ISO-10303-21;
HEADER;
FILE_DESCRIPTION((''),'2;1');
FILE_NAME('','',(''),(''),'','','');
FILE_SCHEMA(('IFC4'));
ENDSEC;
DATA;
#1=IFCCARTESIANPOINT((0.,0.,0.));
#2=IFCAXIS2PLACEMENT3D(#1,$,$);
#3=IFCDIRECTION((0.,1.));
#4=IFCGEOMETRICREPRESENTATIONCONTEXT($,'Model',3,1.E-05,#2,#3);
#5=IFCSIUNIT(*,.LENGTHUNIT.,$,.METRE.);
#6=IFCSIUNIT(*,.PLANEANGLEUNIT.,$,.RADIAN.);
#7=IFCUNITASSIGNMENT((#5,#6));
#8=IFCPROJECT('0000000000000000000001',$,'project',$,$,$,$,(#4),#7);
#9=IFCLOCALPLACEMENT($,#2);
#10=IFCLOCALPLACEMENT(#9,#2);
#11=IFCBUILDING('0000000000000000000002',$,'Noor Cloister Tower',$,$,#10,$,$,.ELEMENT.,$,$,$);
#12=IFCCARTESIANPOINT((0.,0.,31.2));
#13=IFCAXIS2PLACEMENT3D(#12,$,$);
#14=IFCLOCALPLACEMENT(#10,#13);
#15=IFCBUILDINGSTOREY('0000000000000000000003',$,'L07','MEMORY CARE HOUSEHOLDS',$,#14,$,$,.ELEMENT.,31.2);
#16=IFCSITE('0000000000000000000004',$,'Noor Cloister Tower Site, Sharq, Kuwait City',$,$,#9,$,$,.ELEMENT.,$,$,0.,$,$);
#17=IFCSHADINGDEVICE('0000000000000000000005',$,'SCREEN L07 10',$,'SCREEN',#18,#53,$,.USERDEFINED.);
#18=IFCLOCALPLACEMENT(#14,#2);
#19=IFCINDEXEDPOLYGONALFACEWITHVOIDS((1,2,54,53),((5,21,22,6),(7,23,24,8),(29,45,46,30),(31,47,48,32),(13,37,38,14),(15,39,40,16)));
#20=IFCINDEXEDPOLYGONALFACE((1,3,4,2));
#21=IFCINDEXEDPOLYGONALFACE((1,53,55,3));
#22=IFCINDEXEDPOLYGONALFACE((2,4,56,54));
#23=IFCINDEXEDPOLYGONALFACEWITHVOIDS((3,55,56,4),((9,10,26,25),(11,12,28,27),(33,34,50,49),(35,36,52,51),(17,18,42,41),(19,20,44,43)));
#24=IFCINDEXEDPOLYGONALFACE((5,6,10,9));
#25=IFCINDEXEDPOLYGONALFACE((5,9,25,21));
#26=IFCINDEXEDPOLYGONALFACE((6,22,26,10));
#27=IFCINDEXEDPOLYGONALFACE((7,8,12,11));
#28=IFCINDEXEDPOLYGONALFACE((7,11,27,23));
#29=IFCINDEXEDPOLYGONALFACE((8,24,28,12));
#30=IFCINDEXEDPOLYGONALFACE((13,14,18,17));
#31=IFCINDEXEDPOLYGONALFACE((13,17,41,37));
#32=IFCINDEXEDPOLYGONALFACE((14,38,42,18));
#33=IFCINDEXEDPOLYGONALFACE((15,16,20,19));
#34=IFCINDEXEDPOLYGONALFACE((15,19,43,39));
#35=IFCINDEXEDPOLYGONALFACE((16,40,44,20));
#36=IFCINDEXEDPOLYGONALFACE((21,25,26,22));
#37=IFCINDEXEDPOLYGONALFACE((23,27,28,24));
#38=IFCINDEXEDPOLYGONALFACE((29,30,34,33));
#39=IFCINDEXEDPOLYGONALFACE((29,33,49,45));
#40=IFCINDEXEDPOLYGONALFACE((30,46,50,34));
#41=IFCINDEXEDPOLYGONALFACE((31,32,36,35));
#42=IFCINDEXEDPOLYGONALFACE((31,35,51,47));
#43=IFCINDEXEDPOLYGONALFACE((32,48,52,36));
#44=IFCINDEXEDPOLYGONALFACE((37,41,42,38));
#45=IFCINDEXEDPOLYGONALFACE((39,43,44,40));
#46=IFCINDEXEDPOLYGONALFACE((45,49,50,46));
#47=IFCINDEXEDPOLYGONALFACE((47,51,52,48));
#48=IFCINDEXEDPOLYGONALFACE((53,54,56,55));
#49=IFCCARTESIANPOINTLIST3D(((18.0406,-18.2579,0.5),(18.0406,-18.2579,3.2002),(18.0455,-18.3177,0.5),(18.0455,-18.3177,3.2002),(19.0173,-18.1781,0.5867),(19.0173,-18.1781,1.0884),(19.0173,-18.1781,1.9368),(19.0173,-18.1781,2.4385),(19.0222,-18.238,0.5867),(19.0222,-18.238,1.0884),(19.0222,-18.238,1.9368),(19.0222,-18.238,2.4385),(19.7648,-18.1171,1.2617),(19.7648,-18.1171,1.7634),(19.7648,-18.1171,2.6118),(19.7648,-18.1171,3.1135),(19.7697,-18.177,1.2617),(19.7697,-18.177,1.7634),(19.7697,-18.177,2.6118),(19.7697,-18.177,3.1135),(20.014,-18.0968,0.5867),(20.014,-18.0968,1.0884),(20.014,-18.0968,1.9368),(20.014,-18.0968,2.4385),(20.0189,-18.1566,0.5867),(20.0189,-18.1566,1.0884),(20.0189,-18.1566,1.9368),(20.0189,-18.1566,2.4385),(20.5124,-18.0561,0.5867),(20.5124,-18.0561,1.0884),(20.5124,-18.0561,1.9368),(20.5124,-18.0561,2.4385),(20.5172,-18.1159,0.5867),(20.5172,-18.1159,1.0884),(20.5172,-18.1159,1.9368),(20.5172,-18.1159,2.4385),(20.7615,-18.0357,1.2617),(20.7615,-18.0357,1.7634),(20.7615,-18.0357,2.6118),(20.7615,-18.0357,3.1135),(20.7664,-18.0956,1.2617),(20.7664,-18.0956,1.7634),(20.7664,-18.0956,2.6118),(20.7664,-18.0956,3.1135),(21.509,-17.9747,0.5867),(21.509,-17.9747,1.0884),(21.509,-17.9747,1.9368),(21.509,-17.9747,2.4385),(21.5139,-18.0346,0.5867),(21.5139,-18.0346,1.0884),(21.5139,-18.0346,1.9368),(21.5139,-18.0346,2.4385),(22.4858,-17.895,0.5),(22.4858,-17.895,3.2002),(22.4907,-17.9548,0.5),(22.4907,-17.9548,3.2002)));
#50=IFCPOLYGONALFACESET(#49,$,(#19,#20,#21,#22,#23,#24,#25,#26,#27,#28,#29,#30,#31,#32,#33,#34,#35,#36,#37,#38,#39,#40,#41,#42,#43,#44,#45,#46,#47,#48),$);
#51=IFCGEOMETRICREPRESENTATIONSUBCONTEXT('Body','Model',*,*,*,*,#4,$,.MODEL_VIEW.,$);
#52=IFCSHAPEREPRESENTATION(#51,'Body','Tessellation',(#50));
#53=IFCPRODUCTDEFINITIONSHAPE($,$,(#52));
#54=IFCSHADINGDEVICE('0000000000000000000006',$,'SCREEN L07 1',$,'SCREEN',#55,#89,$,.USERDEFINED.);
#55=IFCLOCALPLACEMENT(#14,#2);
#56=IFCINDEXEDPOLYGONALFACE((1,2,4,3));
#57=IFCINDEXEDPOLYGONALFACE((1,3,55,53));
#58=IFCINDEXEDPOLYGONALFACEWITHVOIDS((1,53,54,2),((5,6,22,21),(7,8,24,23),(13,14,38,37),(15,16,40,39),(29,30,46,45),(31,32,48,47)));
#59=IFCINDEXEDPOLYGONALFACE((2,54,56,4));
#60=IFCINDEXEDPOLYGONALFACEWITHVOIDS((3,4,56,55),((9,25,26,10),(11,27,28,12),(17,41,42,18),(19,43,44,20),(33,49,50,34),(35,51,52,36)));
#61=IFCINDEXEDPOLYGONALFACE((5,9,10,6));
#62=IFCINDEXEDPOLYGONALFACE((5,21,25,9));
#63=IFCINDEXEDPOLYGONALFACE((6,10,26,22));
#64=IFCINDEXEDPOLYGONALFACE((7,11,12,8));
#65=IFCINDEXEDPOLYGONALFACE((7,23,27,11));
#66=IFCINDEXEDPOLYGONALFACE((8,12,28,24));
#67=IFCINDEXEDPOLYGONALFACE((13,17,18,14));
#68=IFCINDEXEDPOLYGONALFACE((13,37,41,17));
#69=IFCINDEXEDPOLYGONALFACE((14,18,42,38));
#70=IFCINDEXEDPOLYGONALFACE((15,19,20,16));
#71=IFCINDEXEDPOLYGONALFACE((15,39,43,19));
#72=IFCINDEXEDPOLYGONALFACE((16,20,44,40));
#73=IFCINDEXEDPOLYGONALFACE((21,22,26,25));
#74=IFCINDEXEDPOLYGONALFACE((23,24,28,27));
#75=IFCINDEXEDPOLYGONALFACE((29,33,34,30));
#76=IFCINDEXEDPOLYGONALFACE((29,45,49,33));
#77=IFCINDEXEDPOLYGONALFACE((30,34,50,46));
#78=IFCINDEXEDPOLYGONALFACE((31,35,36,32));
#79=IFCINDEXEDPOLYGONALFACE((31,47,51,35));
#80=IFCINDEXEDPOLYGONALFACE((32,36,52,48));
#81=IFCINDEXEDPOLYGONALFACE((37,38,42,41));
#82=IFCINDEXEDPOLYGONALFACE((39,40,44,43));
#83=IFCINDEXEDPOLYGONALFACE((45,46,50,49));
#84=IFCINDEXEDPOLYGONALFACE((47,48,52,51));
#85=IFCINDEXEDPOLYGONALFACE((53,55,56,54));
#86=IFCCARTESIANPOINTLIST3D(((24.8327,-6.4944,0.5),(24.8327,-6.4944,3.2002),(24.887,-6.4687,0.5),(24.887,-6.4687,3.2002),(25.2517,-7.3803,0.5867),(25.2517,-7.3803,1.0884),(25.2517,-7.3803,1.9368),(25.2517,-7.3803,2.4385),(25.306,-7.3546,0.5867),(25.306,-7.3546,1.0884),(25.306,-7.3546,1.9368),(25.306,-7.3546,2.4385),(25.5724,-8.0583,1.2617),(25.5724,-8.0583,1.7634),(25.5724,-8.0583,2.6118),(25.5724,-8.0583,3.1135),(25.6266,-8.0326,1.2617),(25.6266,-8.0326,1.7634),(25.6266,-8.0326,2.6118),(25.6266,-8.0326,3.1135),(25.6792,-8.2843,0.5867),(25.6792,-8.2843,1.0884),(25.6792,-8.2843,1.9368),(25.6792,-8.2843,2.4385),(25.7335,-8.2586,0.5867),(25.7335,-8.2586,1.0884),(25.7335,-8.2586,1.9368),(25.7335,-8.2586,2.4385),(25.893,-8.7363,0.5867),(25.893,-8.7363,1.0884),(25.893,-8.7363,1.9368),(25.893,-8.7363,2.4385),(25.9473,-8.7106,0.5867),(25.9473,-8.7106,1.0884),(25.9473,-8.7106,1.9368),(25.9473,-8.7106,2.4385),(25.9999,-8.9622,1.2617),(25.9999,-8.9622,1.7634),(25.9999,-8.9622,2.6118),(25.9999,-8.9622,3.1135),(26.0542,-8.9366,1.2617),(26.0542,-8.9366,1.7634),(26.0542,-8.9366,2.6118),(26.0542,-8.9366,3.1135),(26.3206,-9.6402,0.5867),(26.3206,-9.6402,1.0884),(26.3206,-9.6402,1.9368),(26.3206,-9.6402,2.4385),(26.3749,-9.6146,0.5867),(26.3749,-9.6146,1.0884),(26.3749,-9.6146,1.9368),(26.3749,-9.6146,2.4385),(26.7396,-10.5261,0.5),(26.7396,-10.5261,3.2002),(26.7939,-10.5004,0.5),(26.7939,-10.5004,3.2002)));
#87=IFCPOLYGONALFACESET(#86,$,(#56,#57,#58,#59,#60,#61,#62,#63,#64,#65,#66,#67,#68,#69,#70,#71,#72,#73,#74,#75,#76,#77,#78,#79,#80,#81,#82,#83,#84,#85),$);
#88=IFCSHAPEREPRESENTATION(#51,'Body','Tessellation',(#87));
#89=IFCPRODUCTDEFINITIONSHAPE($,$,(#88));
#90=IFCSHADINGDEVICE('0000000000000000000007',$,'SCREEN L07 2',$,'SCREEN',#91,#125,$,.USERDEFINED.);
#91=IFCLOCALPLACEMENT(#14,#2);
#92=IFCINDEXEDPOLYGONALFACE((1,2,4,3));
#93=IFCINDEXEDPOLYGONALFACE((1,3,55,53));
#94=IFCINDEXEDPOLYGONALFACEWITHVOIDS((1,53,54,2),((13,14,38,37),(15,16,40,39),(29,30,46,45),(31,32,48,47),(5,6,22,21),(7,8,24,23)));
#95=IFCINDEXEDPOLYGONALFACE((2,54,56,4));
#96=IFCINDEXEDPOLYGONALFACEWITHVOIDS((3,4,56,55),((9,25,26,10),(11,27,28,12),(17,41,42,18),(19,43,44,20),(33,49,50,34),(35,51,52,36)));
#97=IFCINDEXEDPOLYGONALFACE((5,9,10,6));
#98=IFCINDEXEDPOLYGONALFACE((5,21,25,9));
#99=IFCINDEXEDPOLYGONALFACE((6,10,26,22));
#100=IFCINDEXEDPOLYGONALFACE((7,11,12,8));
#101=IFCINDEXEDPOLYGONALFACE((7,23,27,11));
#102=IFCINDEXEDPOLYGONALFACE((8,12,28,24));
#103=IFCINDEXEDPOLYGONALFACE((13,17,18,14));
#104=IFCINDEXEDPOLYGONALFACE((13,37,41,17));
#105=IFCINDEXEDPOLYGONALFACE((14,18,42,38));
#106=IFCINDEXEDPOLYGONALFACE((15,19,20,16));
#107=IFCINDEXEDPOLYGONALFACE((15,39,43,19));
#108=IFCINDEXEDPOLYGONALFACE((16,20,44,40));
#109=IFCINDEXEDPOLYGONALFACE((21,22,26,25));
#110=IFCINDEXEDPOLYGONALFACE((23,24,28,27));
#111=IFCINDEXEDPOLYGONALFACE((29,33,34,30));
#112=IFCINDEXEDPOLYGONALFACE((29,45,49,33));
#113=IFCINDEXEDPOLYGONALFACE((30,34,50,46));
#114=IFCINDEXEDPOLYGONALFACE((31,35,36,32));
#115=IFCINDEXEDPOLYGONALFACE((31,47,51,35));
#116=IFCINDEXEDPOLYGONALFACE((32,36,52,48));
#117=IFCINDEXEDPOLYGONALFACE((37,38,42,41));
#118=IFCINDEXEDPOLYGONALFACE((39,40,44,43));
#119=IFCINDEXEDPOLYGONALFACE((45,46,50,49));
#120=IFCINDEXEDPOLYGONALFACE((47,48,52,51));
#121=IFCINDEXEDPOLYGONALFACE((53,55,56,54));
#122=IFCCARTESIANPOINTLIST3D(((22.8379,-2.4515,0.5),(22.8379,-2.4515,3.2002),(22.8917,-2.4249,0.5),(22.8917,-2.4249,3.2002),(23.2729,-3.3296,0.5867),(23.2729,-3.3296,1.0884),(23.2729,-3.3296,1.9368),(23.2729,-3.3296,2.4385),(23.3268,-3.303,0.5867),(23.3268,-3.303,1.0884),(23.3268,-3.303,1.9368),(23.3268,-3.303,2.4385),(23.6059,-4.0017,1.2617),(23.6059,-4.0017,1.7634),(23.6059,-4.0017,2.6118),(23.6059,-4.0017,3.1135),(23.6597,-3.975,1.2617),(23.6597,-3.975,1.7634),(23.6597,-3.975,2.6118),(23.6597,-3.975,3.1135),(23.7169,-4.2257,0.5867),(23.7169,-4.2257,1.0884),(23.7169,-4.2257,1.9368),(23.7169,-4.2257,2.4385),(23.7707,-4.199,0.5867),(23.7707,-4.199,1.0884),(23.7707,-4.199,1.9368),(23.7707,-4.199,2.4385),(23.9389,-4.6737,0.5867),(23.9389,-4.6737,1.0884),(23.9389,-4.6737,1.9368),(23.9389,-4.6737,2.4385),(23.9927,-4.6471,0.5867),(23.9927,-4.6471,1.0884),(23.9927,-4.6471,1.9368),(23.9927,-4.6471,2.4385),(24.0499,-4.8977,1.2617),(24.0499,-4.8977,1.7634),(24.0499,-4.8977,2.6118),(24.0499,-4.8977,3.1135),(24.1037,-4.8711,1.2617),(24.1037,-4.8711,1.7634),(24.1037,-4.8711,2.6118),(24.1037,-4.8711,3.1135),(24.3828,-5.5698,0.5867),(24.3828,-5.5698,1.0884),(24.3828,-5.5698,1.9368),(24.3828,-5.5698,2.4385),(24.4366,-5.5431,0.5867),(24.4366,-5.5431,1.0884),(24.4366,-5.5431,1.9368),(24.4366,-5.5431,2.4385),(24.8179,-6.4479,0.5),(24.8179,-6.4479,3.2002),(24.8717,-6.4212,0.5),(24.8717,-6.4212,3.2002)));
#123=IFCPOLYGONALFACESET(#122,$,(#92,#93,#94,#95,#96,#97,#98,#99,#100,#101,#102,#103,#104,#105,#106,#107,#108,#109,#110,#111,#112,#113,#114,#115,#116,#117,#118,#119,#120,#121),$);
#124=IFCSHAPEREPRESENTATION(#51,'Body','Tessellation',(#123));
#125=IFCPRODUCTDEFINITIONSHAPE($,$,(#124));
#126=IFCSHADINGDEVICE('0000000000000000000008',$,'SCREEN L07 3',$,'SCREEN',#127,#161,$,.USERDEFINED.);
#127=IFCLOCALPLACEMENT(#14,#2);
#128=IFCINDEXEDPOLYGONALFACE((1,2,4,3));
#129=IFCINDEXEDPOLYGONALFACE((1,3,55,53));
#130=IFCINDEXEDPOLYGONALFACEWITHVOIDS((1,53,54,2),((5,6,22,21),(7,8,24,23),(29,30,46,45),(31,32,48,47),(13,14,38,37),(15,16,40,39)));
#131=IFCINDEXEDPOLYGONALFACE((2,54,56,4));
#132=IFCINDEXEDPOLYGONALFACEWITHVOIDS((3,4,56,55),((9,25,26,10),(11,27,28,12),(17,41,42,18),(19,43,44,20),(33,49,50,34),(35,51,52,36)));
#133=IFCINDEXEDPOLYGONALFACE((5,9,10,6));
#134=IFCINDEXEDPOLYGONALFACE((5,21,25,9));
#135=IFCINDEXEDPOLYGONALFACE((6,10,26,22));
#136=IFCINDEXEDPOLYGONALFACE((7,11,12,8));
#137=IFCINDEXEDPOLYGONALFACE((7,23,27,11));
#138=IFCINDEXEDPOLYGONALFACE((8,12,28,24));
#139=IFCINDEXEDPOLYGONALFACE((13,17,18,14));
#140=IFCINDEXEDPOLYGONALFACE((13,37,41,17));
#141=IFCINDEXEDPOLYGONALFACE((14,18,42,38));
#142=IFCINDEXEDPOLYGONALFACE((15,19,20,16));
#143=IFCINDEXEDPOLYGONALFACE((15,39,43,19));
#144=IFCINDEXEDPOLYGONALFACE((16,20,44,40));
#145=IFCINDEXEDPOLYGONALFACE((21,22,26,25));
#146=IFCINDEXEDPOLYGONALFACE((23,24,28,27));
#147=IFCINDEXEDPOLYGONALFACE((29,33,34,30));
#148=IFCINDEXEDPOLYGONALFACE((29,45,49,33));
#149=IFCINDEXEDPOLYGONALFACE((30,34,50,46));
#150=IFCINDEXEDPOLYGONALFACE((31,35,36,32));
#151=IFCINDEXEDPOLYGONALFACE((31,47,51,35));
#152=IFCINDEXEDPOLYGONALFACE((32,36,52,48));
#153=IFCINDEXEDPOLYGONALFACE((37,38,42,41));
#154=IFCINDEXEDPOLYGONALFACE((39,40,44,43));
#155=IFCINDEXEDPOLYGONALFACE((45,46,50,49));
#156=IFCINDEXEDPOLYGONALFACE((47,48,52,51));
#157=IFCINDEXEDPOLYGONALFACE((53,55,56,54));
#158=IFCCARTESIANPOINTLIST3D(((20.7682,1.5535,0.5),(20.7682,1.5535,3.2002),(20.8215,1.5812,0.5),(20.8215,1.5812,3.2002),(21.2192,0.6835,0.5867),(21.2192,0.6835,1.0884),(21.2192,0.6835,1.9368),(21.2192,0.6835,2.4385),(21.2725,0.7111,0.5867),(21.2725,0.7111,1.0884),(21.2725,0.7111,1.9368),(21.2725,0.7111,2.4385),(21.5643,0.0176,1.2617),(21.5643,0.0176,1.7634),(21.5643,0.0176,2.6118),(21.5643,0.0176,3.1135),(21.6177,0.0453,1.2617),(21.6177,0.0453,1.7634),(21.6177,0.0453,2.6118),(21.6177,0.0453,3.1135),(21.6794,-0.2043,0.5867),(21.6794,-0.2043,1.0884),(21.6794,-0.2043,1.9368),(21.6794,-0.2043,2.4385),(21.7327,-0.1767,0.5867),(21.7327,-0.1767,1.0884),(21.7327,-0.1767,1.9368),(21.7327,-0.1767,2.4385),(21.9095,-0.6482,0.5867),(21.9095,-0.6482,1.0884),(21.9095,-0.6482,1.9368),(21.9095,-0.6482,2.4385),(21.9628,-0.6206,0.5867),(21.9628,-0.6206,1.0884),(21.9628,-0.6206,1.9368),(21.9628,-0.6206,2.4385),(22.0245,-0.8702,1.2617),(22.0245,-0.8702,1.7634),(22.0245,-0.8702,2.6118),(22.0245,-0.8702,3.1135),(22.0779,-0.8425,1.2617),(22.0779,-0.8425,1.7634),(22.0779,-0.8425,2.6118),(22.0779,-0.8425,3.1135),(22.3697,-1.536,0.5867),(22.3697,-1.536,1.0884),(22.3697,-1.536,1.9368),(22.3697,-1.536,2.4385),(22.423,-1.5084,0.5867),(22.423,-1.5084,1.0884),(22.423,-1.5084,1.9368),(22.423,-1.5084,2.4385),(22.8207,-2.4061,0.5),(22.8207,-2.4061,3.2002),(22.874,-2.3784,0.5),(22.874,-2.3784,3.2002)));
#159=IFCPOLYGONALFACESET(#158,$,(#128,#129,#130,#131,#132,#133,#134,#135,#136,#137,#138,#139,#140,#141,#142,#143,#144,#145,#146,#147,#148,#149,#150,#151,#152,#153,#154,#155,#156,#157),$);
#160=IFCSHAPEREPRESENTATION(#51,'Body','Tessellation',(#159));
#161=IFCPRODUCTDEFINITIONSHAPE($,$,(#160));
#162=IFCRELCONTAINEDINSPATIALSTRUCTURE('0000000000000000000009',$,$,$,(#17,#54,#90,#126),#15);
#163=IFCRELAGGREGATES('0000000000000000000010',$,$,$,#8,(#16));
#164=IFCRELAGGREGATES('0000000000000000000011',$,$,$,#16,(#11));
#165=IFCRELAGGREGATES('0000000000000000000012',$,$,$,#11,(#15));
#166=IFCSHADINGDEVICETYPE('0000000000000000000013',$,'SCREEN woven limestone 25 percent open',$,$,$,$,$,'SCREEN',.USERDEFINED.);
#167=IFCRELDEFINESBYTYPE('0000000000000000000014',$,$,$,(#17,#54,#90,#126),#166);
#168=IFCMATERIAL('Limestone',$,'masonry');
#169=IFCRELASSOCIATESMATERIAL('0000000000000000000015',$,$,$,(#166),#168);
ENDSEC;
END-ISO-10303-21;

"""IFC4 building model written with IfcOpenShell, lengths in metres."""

from ifc_helpers import new_model, si_unit, direction, frame, origin, place, context, subcontext, project, spatial, polyline, outline, extrude, material, material_profile, profile_set, type_object, element, save


model = new_model("IFC4")

# Units and contexts
model_context = context("Model", 3, precision=1e-05, world=origin(), true_north=direction((0.0, 1.0)))
body_context = subcontext(model_context, "Body", "Model", "MODEL_VIEW")
ifc_project = project(units=[si_unit("LENGTHUNIT", "METRE"), si_unit("PLANEANGLEUNIT", "RADIAN")], contexts=[model_context])

# Site, building, storey
site_placement = place(None, origin())
site = spatial("IfcSite", under=ifc_project, at=site_placement, Name="Noor Cloister Tower Site, Sharq, Kuwait City", CompositionType="ELEMENT", RefElevation=0.0)
building_placement = place(site_placement, origin())
building = spatial("IfcBuilding", under=site, at=building_placement, Name="Noor Cloister Tower", CompositionType="ELEMENT")
storey_placement = place(building_placement, frame((0.0, 0.0, 31.2)))
storey = spatial("IfcBuildingStorey", under=building, at=storey_placement, Name="L07", Description="MEMORY CARE HOUSEHOLDS", CompositionType="ELEMENT", Elevation=31.2)

# Shading devices
ifc_material_1 = material(Name="Limestone", Category="masonry")
ifc_material_profile_1 = material_profile(ifc_material_1, outline(polyline([(-2.23, -1.3501), (2.23, -1.3501), (2.23, 1.3501), (-2.23, 1.3501), (-2.23, -1.3501)]), holes=[polyline([(-1.25, -1.2634), (-0.25, -1.2634), (-0.25, -0.7617), (-1.25, -0.7617), (-1.25, -1.2634)]), polyline([(0.25, -1.2634), (1.25, -1.2634), (1.25, -0.7617), (0.25, -0.7617), (0.25, -1.2634)]), polyline([(-0.5, -0.5884), (0.5, -0.5884), (0.5, -0.0867), (-0.5, -0.0867), (-0.5, -0.5884)]), polyline([(-1.25, 0.0867), (-0.25, 0.0867), (-0.25, 0.5884), (-1.25, 0.5884), (-1.25, 0.0867)]), polyline([(0.25, 0.0867), (1.25, 0.0867), (1.25, 0.5884), (0.25, 0.5884), (0.25, 0.0867)]), polyline([(-0.5, 0.7617), (0.5, 0.7617), (0.5, 1.2634), (-0.5, 1.2634), (-0.5, 0.7617)])]), Name="Woven screen 25 percent open")
ifc_profile_set_1 = profile_set([ifc_material_profile_1], Name="Limestone")
shading_device_type = type_object("IfcShadingDeviceType", Name="SCREEN woven limestone 25 percent open", ElementType="SCREEN", PredefinedType="USERDEFINED", material=ifc_profile_set_1)
for number, where, z_axis, x_axis, name in (
    (1, (20.2632, -18.0764, 1.8501), (0.081362, -0.996685, 0.0), (0.996685, 0.081362, 0.0), "SCREEN L07 10"),
    (2, (25.7861, -8.5103, 1.8501), (0.903986, 0.427561, 0.0), (-0.427561, 0.903986, 0.0), "SCREEN L07 1"),
    (3, (23.8279, -4.4497, 1.8501), (0.89605, 0.443952, 0.0), (-0.443952, 0.89605, 0.0), "SCREEN L07 2"),
    (4, (21.7944, -0.4263, 1.8501), (0.887816, 0.460198, 0.0), (-0.460198, 0.887816, 0.0), "SCREEN L07 3"),
):
    element("IfcShadingDevice", number, at=place(storey_placement, frame(where, z_axis=z_axis, x_axis=x_axis)), inside=storey, type_object=shading_device_type, Name=name, ObjectType="SCREEN", PredefinedType="USERDEFINED", context=body_context, shape_type="SweptSolid", body=[
        extrude(outline(polyline([(-2.23, -1.3501), (2.23, -1.3501), (2.23, 1.3501), (-2.23, 1.3501), (-2.23, -1.3501)]), holes=[polyline([(-1.25, -1.2634), (-0.25, -1.2634), (-0.25, -0.7617), (-1.25, -0.7617), (-1.25, -1.2634)]), polyline([(0.25, -1.2634), (1.25, -1.2634), (1.25, -0.7617), (0.25, -0.7617), (0.25, -1.2634)]), polyline([(-0.5, -0.5884), (0.5, -0.5884), (0.5, -0.0867), (-0.5, -0.0867), (-0.5, -0.5884)]), polyline([(-1.25, 0.0867), (-0.25, 0.0867), (-0.25, 0.5884), (-1.25, 0.5884), (-1.25, 0.0867)]), polyline([(0.25, 0.0867), (1.25, 0.0867), (1.25, 0.5884), (0.25, 0.5884), (0.25, 0.0867)]), polyline([(-0.5, 0.7617), (0.5, 0.7617), (0.5, 1.2634), (-0.5, 1.2634), (-0.5, 0.7617)])]), origin(), (0.0, 0.0, 1.0), 0.0601),
    ])

save(model, "model.ifc")
